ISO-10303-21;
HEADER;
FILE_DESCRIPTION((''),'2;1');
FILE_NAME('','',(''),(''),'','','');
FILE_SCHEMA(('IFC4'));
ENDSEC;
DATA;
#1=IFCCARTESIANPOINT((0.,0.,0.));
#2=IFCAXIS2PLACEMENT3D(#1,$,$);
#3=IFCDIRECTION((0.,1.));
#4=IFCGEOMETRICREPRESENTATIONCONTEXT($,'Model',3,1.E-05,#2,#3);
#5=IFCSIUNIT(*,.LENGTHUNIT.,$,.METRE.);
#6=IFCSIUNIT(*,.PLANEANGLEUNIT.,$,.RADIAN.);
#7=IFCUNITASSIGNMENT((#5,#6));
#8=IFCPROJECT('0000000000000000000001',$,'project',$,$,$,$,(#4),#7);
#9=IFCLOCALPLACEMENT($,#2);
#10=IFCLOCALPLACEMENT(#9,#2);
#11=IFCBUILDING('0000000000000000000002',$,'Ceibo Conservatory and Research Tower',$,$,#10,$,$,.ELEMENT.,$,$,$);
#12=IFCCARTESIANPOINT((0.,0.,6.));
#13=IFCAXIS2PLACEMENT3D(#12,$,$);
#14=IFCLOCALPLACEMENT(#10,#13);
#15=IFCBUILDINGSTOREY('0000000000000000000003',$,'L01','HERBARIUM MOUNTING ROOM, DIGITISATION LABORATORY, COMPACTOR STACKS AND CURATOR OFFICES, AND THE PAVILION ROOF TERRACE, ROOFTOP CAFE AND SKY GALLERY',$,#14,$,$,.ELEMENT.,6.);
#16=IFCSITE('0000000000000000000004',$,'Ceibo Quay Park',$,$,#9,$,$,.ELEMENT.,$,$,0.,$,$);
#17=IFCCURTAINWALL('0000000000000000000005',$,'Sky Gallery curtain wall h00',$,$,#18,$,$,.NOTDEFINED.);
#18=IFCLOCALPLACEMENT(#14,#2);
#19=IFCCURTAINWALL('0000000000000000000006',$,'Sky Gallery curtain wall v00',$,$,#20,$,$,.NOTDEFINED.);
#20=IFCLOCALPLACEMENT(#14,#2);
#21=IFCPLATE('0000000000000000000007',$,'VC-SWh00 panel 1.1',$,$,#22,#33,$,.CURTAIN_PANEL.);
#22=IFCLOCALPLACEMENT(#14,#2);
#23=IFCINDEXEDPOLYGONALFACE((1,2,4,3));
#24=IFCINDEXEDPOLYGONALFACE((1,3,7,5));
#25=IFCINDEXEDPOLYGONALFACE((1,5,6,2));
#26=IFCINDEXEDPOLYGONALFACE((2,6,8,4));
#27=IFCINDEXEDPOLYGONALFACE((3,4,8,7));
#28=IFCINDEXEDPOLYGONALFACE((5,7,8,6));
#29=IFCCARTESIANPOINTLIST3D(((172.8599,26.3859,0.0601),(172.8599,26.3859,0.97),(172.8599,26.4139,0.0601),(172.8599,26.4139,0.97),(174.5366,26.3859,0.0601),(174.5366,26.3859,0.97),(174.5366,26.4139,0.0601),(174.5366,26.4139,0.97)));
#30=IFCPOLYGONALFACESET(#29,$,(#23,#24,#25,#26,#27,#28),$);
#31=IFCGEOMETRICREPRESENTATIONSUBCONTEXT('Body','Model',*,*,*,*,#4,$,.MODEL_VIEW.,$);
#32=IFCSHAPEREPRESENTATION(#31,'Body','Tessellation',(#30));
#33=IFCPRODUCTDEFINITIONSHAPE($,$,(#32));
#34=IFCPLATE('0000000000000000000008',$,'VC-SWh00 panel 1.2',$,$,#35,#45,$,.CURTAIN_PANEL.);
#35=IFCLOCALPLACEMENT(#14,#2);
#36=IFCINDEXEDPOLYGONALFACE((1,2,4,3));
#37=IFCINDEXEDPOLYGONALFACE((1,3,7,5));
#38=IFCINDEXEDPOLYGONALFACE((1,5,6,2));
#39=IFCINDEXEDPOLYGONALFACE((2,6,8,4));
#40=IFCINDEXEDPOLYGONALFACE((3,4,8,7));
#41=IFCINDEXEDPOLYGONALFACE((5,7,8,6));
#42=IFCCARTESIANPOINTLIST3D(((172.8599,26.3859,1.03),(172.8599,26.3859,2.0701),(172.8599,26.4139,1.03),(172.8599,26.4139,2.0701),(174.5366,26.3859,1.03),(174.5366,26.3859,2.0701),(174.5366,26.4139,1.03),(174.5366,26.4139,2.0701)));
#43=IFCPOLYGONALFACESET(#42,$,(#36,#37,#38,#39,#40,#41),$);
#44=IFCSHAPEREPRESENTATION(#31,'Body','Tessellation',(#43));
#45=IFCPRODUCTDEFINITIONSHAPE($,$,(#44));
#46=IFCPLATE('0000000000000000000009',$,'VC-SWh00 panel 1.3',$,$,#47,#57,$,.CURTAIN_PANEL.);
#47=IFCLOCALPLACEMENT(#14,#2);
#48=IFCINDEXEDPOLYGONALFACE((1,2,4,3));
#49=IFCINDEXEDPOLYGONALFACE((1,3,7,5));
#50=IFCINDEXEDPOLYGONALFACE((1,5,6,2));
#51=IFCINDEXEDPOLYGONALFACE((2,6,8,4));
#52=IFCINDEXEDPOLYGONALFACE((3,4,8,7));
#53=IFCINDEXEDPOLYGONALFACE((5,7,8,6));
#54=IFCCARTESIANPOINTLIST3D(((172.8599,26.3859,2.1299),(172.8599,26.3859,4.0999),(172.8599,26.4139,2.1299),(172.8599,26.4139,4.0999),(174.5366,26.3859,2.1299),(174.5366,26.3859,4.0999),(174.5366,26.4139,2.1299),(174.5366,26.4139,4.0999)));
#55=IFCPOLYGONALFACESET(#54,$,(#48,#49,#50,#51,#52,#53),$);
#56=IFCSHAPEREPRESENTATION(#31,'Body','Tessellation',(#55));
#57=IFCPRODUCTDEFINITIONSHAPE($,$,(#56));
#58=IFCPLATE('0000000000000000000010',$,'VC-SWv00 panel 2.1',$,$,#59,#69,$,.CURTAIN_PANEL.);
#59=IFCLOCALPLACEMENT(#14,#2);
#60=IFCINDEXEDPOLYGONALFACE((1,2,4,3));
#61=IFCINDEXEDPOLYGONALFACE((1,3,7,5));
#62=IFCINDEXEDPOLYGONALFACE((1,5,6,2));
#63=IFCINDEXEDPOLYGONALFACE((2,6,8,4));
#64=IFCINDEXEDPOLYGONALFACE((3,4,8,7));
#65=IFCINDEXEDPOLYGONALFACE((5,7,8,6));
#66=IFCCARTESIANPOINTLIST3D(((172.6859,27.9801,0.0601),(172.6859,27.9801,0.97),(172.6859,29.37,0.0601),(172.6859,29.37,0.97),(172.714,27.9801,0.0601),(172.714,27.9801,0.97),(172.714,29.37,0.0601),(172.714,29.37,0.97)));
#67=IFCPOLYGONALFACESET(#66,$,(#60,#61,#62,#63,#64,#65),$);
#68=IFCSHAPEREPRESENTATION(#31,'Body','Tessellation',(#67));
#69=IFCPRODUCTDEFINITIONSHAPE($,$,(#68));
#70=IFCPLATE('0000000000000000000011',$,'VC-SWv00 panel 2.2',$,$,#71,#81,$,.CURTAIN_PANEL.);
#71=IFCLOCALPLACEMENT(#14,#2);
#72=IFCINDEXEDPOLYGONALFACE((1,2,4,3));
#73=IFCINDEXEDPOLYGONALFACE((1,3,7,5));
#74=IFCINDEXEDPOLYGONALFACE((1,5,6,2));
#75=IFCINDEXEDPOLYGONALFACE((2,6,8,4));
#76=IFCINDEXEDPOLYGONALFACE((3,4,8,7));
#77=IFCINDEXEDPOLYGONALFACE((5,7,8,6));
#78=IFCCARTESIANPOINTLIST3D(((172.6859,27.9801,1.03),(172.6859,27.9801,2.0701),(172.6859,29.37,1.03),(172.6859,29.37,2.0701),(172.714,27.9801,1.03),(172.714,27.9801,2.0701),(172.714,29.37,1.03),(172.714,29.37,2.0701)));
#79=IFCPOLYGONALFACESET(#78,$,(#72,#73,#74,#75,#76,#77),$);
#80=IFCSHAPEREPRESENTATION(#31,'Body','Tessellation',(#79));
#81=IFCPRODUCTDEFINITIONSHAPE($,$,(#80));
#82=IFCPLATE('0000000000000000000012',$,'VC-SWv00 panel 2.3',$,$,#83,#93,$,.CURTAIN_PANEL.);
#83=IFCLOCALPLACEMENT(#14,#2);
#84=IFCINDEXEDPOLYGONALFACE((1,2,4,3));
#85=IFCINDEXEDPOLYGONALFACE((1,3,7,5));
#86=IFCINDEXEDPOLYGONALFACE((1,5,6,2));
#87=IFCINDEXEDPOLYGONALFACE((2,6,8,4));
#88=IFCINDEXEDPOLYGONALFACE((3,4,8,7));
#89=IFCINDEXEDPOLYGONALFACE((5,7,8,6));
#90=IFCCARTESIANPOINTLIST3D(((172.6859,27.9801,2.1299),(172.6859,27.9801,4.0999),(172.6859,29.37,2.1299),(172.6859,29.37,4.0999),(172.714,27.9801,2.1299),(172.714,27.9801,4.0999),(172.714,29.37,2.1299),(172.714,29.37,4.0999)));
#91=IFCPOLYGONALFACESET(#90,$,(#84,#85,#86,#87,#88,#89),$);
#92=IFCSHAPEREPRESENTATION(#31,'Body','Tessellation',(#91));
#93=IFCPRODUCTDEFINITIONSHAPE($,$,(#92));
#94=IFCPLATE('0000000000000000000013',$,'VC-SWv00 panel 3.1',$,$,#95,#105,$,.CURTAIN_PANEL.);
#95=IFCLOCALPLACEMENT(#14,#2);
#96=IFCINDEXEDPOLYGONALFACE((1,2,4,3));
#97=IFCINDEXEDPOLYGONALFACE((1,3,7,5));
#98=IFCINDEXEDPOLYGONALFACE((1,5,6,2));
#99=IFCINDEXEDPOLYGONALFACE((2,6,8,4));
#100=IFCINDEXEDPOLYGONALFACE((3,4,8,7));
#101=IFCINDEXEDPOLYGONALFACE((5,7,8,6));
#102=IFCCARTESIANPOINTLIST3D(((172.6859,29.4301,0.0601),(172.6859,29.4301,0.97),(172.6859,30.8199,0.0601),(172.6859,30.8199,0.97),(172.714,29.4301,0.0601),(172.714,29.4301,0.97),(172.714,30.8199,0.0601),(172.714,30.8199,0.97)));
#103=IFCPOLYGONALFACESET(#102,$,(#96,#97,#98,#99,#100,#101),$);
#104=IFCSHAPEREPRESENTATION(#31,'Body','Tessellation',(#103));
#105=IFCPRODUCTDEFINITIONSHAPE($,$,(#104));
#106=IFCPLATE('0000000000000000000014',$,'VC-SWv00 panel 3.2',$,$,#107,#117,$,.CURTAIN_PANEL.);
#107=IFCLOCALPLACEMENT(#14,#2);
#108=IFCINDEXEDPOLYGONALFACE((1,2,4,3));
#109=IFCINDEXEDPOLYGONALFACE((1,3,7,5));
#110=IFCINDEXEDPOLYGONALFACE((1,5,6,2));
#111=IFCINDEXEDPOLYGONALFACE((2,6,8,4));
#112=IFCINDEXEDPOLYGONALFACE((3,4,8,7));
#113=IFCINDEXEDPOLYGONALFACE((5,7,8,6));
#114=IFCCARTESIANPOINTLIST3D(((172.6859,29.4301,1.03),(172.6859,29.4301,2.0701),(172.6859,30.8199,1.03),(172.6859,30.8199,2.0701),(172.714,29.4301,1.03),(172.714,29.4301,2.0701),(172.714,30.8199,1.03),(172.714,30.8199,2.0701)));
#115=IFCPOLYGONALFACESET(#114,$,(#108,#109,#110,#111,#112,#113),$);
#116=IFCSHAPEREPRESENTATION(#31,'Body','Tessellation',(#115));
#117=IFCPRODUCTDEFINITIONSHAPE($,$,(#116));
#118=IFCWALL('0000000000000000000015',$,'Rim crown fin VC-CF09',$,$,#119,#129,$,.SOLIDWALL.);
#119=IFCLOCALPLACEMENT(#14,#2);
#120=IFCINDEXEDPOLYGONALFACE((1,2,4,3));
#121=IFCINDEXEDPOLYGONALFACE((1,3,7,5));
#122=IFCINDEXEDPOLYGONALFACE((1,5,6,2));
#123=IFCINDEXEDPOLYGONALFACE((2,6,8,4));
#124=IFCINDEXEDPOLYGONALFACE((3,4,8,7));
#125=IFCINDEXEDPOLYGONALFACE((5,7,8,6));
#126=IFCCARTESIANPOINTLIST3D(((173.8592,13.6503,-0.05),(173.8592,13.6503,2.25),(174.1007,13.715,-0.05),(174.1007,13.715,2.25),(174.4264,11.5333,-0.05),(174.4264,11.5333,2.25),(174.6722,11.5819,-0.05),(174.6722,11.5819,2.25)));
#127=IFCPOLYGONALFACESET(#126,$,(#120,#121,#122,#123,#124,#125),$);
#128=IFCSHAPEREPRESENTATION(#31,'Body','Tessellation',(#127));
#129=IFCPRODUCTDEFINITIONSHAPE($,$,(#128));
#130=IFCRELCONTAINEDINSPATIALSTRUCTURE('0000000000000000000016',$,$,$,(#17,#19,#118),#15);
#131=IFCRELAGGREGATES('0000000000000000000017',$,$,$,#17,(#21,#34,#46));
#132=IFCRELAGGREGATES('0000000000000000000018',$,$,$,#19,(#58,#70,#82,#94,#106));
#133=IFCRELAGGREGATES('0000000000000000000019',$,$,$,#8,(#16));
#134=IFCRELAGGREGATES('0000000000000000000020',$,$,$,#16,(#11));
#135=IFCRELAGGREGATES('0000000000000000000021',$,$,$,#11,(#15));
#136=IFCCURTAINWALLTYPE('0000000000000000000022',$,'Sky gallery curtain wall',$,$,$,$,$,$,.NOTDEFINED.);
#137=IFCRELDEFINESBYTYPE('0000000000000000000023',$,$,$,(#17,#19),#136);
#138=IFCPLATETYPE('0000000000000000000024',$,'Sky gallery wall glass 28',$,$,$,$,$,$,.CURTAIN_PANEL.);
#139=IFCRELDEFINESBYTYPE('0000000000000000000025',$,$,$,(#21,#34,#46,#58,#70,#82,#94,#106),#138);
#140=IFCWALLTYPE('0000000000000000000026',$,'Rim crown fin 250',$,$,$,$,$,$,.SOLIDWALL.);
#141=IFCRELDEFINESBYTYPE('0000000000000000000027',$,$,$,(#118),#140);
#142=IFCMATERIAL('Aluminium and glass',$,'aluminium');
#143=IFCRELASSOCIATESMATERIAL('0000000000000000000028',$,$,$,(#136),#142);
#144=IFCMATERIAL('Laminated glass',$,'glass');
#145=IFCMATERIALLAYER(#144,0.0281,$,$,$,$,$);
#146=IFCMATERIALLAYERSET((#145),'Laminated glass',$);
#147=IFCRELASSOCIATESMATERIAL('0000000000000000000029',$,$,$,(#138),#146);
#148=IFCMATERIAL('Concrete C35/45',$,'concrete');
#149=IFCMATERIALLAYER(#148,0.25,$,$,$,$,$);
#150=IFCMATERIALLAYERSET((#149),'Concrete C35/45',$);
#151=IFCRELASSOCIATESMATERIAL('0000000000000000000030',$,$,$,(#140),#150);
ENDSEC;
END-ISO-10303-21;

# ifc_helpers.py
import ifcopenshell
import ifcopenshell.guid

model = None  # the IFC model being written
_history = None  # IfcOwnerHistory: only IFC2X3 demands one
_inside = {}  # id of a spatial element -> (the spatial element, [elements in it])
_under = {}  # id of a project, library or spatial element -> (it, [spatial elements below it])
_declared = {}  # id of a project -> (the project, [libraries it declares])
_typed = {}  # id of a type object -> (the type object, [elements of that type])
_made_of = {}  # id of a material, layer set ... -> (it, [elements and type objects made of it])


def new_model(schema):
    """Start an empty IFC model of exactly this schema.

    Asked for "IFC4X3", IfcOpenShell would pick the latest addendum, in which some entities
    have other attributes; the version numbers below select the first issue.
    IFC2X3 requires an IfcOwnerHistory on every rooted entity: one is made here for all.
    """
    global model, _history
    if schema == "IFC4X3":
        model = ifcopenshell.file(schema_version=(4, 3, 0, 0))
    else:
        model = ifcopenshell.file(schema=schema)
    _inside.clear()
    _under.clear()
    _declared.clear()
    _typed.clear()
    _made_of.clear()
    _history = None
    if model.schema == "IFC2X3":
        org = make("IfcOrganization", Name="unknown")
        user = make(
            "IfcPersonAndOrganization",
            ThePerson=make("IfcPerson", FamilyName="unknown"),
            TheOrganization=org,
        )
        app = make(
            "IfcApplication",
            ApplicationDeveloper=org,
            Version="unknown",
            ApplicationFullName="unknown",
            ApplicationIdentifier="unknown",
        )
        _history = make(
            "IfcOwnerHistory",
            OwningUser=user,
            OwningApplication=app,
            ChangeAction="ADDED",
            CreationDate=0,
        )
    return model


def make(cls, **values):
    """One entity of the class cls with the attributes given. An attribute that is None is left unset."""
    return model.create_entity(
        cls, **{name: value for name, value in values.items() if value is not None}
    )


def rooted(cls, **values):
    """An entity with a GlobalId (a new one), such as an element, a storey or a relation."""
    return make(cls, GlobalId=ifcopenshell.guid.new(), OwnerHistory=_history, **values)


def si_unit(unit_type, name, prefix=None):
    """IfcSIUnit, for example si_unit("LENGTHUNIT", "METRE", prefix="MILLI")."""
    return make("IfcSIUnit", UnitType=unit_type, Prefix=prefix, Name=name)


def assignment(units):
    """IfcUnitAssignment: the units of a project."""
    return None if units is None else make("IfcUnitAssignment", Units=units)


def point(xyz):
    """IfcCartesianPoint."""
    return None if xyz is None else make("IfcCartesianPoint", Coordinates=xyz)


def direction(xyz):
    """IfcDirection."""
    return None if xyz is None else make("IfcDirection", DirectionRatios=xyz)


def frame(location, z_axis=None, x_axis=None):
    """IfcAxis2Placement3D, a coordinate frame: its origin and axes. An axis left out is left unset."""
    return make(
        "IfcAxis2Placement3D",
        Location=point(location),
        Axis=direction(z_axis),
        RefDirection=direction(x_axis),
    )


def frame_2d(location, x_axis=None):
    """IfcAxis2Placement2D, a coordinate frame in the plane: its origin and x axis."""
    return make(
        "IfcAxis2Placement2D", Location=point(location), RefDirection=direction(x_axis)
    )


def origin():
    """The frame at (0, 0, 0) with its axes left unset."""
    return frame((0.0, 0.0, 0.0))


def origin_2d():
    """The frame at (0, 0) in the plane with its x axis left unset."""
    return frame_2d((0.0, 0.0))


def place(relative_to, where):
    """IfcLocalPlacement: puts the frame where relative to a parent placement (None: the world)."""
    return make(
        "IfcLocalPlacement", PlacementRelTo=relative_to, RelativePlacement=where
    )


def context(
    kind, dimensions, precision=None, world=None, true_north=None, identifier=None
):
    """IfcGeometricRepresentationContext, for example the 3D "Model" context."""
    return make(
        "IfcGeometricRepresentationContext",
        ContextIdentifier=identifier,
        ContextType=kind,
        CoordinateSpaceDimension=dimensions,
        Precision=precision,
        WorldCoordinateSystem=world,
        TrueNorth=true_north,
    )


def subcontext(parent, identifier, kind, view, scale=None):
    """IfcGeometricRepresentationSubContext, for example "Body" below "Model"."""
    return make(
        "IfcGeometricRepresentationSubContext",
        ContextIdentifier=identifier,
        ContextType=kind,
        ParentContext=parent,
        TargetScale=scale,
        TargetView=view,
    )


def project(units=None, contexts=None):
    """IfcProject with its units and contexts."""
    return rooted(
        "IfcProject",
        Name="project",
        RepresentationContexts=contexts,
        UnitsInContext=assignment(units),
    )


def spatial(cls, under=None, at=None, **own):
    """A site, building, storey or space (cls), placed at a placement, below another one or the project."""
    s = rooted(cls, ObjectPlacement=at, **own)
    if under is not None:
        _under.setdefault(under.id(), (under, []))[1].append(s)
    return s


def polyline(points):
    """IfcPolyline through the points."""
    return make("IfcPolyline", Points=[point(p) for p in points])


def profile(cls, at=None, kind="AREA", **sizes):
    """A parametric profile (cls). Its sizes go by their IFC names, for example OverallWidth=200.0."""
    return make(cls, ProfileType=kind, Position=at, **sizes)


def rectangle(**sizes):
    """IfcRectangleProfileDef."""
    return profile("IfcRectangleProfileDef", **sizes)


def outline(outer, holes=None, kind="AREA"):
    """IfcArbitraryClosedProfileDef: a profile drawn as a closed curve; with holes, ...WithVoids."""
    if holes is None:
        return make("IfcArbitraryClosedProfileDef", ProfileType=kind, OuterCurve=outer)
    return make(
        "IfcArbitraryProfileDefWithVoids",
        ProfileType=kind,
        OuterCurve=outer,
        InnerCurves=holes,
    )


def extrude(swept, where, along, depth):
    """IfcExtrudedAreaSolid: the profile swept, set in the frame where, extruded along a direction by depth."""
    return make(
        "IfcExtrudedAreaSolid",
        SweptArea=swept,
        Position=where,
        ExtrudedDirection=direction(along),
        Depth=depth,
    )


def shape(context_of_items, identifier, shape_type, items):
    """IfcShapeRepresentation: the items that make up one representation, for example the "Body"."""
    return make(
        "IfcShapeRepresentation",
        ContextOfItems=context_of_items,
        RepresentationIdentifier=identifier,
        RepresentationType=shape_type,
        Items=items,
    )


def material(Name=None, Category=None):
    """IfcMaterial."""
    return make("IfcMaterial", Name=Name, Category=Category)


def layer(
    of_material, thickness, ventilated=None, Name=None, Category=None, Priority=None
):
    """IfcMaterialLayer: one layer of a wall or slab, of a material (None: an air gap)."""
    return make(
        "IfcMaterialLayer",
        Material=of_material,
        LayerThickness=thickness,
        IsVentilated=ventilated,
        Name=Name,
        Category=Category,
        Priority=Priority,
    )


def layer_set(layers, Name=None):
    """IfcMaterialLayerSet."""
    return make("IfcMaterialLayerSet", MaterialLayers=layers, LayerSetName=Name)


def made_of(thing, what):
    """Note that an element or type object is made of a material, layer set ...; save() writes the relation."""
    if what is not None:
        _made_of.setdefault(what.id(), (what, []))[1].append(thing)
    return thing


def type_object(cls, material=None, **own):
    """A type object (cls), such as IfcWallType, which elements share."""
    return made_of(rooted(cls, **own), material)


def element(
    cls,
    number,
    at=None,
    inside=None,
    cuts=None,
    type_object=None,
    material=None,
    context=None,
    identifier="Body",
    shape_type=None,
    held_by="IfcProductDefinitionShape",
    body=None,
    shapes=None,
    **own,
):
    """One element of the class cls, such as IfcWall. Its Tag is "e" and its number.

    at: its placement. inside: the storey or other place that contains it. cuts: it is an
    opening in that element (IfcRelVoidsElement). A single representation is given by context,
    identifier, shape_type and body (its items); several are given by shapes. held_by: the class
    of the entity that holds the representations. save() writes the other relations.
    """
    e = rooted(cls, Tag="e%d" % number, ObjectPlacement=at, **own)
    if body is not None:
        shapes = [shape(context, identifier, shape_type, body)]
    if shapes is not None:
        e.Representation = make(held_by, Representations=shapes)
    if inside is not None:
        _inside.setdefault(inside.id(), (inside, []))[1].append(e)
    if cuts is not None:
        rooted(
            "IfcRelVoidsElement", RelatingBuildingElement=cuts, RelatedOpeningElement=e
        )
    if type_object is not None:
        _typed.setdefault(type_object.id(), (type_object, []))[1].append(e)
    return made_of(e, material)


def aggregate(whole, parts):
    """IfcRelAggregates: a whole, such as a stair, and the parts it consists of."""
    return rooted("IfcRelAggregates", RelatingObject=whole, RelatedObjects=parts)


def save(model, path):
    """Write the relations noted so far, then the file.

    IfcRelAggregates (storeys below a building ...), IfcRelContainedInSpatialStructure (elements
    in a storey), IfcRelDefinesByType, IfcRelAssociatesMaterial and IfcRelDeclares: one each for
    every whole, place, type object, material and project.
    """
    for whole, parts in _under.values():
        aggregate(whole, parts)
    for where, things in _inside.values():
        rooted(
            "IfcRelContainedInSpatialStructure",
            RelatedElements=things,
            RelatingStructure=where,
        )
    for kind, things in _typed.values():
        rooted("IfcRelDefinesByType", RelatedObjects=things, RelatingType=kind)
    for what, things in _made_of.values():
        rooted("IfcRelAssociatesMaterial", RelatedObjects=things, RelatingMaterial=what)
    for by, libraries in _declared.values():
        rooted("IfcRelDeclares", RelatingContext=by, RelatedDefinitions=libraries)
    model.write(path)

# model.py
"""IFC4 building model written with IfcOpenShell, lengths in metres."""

from ifc_helpers import new_model, si_unit, direction, frame, origin, origin_2d, place, context, subcontext, project, spatial, polyline, rectangle, outline, extrude, material, layer, layer_set, type_object, element, aggregate, save


model = new_model("IFC4")

# Units and contexts
model_context = context("Model", 3, precision=1e-05, world=origin(), true_north=direction((0.0, 1.0)))
body_context = subcontext(model_context, "Body", "Model", "MODEL_VIEW")
ifc_project = project(units=[si_unit("LENGTHUNIT", "METRE"), si_unit("PLANEANGLEUNIT", "RADIAN")], contexts=[model_context])

# Site, building, storey
site_placement = place(None, origin())
site = spatial("IfcSite", under=ifc_project, at=site_placement, Name="Ceibo Quay Park", CompositionType="ELEMENT", RefElevation=0.0)
building_placement = place(site_placement, origin())
building = spatial("IfcBuilding", under=site, at=building_placement, Name="Ceibo Conservatory and Research Tower", CompositionType="ELEMENT")
storey_placement = place(building_placement, frame((0.0, 0.0, 6.0)))
storey = spatial("IfcBuildingStorey", under=building, at=storey_placement, Name="L01", Description="HERBARIUM MOUNTING ROOM, DIGITISATION LABORATORY, COMPACTOR STACKS AND CURATOR OFFICES, AND THE PAVILION ROOF TERRACE, ROOFTOP CAFE AND SKY GALLERY", CompositionType="ELEMENT", Elevation=6.0)

# Curtain wall
ifc_material_1 = material(Name="Aluminium and glass", Category="aluminium")
curtain_wall_type = type_object("IfcCurtainWallType", Name="Sky gallery curtain wall", PredefinedType="NOTDEFINED", material=ifc_material_1)
curtain_wall_1_placement = place(storey_placement, origin())
curtain_wall_1 = element("IfcCurtainWall", 1, at=curtain_wall_1_placement, inside=storey, type_object=curtain_wall_type, Name="Sky Gallery curtain wall h00", PredefinedType="NOTDEFINED")

# Curtain wall
curtain_wall_2_placement = place(storey_placement, origin())
curtain_wall_2 = element("IfcCurtainWall", 2, at=curtain_wall_2_placement, inside=storey, type_object=curtain_wall_type, Name="Sky Gallery curtain wall v00", PredefinedType="NOTDEFINED")

# Plates
ifc_material_2 = material(Name="Laminated glass", Category="glass")
ifc_layer_1 = layer(ifc_material_2, 0.0281)
ifc_layer_set_1 = layer_set([ifc_layer_1], Name="Laminated glass")
plate_type = type_object("IfcPlateType", Name="Sky gallery wall glass 28", PredefinedType="CURTAIN_PANEL", material=ifc_layer_set_1)
plate_1_placement = place(storey_placement, frame((173.6982, 26.3999, 0.0601), z_axis=(0.0, 0.0, 1.0), x_axis=(1.0, 0.0, 0.0)))
plate_1 = element("IfcPlate", 3, at=plate_1_placement, type_object=plate_type, Name="VC-SWh00 panel 1.1", PredefinedType="CURTAIN_PANEL", context=body_context, shape_type="SweptSolid", body=[
    extrude(rectangle(XDim=1.6768, YDim=0.0281, at=origin_2d()), origin(), (0.0, 0.0, 1.0), 0.9099),
])
plate_2_placement = place(storey_placement, frame((173.6982, 26.3999, 1.03), z_axis=(0.0, 0.0, 1.0), x_axis=(1.0, 0.0, 0.0)))
plate_2 = element("IfcPlate", 4, at=plate_2_placement, type_object=plate_type, Name="VC-SWh00 panel 1.2", PredefinedType="CURTAIN_PANEL", context=body_context, shape_type="SweptSolid", body=[
    extrude(rectangle(XDim=1.6768, YDim=0.0281, at=origin_2d()), origin(), (0.0, 0.0, 1.0), 1.04),
])
plate_3_placement = place(storey_placement, frame((173.6982, 26.3999, 2.1299), z_axis=(0.0, 0.0, 1.0), x_axis=(1.0, 0.0, 0.0)))
plate_3 = element("IfcPlate", 5, at=plate_3_placement, type_object=plate_type, Name="VC-SWh00 panel 1.3", PredefinedType="CURTAIN_PANEL", context=body_context, shape_type="SweptSolid", body=[
    extrude(rectangle(XDim=1.6768, YDim=0.0281, at=origin_2d()), origin(), (0.0, 0.0, 1.0), 1.97),
])
aggregate(curtain_wall_1, [plate_1, plate_2, plate_3])
plate_4_placement = place(storey_placement, frame((172.7, 28.675, 0.0601), z_axis=(0.0, 0.0, 1.0), x_axis=(0.0, 1.0, 0.0)))
plate_4 = element("IfcPlate", 6, at=plate_4_placement, type_object=plate_type, Name="VC-SWv00 panel 2.1", PredefinedType="CURTAIN_PANEL", context=body_context, shape_type="SweptSolid", body=[
    extrude(rectangle(XDim=1.3899, YDim=0.0281, at=origin_2d()), origin(), (0.0, 0.0, 1.0), 0.9099),
])
plate_5_placement = place(storey_placement, frame((172.7, 28.675, 1.03), z_axis=(0.0, 0.0, 1.0), x_axis=(0.0, 1.0, 0.0)))
plate_5 = element("IfcPlate", 7, at=plate_5_placement, type_object=plate_type, Name="VC-SWv00 panel 2.2", PredefinedType="CURTAIN_PANEL", context=body_context, shape_type="SweptSolid", body=[
    extrude(rectangle(XDim=1.3899, YDim=0.0281, at=origin_2d()), origin(), (0.0, 0.0, 1.0), 1.04),
])
plate_6_placement = place(storey_placement, frame((172.7, 28.675, 2.1299), z_axis=(0.0, 0.0, 1.0), x_axis=(0.0, 1.0, 0.0)))
plate_6 = element("IfcPlate", 8, at=plate_6_placement, type_object=plate_type, Name="VC-SWv00 panel 2.3", PredefinedType="CURTAIN_PANEL", context=body_context, shape_type="SweptSolid", body=[
    extrude(rectangle(XDim=1.3899, YDim=0.0281, at=origin_2d()), origin(), (0.0, 0.0, 1.0), 1.97),
])
plate_7_placement = place(storey_placement, frame((172.7, 30.125, 0.0601), z_axis=(0.0, 0.0, 1.0), x_axis=(0.0, 1.0, 0.0)))
plate_7 = element("IfcPlate", 9, at=plate_7_placement, type_object=plate_type, Name="VC-SWv00 panel 3.1", PredefinedType="CURTAIN_PANEL", context=body_context, shape_type="SweptSolid", body=[
    extrude(rectangle(XDim=1.3899, YDim=0.0281, at=origin_2d()), origin(), (0.0, 0.0, 1.0), 0.9099),
])
plate_8_placement = place(storey_placement, frame((172.7, 30.125, 1.03), z_axis=(0.0, 0.0, 1.0), x_axis=(0.0, 1.0, 0.0)))
plate_8 = element("IfcPlate", 10, at=plate_8_placement, type_object=plate_type, Name="VC-SWv00 panel 3.2", PredefinedType="CURTAIN_PANEL", context=body_context, shape_type="SweptSolid", body=[
    extrude(rectangle(XDim=1.3899, YDim=0.0281, at=origin_2d()), origin(), (0.0, 0.0, 1.0), 1.04),
])
aggregate(curtain_wall_2, [plate_4, plate_5, plate_6, plate_7, plate_8])

# Wall
ifc_material_3 = material(Name="Concrete C35/45", Category="concrete")
ifc_layer_2 = layer(ifc_material_3, 0.25)
ifc_layer_set_2 = layer_set([ifc_layer_2], Name="Concrete C35/45")
wall_type = type_object("IfcWallType", Name="Rim crown fin 250", PredefinedType="SOLIDWALL", material=ifc_layer_set_2)
wall_placement = place(storey_placement, frame((174.5493, 11.5576, -0.05), z_axis=(0.0, 0.0, 1.0), x_axis=(-0.258795, 0.965932, 0.0)))
element("IfcWall", 11, at=wall_placement, inside=storey, type_object=wall_type, Name="Rim crown fin VC-CF09", PredefinedType="SOLIDWALL", context=body_context, shape_type="SweptSolid", body=[
    extrude(outline(polyline([(-0.0083, -0.125), (2.2, -0.125), (2.2, 0.125), (0.0083, 0.125), (-0.0083, -0.125)])), origin(), (0.0, 0.0, 1.0), 2.3),
])

save(model, "model.ifc")
